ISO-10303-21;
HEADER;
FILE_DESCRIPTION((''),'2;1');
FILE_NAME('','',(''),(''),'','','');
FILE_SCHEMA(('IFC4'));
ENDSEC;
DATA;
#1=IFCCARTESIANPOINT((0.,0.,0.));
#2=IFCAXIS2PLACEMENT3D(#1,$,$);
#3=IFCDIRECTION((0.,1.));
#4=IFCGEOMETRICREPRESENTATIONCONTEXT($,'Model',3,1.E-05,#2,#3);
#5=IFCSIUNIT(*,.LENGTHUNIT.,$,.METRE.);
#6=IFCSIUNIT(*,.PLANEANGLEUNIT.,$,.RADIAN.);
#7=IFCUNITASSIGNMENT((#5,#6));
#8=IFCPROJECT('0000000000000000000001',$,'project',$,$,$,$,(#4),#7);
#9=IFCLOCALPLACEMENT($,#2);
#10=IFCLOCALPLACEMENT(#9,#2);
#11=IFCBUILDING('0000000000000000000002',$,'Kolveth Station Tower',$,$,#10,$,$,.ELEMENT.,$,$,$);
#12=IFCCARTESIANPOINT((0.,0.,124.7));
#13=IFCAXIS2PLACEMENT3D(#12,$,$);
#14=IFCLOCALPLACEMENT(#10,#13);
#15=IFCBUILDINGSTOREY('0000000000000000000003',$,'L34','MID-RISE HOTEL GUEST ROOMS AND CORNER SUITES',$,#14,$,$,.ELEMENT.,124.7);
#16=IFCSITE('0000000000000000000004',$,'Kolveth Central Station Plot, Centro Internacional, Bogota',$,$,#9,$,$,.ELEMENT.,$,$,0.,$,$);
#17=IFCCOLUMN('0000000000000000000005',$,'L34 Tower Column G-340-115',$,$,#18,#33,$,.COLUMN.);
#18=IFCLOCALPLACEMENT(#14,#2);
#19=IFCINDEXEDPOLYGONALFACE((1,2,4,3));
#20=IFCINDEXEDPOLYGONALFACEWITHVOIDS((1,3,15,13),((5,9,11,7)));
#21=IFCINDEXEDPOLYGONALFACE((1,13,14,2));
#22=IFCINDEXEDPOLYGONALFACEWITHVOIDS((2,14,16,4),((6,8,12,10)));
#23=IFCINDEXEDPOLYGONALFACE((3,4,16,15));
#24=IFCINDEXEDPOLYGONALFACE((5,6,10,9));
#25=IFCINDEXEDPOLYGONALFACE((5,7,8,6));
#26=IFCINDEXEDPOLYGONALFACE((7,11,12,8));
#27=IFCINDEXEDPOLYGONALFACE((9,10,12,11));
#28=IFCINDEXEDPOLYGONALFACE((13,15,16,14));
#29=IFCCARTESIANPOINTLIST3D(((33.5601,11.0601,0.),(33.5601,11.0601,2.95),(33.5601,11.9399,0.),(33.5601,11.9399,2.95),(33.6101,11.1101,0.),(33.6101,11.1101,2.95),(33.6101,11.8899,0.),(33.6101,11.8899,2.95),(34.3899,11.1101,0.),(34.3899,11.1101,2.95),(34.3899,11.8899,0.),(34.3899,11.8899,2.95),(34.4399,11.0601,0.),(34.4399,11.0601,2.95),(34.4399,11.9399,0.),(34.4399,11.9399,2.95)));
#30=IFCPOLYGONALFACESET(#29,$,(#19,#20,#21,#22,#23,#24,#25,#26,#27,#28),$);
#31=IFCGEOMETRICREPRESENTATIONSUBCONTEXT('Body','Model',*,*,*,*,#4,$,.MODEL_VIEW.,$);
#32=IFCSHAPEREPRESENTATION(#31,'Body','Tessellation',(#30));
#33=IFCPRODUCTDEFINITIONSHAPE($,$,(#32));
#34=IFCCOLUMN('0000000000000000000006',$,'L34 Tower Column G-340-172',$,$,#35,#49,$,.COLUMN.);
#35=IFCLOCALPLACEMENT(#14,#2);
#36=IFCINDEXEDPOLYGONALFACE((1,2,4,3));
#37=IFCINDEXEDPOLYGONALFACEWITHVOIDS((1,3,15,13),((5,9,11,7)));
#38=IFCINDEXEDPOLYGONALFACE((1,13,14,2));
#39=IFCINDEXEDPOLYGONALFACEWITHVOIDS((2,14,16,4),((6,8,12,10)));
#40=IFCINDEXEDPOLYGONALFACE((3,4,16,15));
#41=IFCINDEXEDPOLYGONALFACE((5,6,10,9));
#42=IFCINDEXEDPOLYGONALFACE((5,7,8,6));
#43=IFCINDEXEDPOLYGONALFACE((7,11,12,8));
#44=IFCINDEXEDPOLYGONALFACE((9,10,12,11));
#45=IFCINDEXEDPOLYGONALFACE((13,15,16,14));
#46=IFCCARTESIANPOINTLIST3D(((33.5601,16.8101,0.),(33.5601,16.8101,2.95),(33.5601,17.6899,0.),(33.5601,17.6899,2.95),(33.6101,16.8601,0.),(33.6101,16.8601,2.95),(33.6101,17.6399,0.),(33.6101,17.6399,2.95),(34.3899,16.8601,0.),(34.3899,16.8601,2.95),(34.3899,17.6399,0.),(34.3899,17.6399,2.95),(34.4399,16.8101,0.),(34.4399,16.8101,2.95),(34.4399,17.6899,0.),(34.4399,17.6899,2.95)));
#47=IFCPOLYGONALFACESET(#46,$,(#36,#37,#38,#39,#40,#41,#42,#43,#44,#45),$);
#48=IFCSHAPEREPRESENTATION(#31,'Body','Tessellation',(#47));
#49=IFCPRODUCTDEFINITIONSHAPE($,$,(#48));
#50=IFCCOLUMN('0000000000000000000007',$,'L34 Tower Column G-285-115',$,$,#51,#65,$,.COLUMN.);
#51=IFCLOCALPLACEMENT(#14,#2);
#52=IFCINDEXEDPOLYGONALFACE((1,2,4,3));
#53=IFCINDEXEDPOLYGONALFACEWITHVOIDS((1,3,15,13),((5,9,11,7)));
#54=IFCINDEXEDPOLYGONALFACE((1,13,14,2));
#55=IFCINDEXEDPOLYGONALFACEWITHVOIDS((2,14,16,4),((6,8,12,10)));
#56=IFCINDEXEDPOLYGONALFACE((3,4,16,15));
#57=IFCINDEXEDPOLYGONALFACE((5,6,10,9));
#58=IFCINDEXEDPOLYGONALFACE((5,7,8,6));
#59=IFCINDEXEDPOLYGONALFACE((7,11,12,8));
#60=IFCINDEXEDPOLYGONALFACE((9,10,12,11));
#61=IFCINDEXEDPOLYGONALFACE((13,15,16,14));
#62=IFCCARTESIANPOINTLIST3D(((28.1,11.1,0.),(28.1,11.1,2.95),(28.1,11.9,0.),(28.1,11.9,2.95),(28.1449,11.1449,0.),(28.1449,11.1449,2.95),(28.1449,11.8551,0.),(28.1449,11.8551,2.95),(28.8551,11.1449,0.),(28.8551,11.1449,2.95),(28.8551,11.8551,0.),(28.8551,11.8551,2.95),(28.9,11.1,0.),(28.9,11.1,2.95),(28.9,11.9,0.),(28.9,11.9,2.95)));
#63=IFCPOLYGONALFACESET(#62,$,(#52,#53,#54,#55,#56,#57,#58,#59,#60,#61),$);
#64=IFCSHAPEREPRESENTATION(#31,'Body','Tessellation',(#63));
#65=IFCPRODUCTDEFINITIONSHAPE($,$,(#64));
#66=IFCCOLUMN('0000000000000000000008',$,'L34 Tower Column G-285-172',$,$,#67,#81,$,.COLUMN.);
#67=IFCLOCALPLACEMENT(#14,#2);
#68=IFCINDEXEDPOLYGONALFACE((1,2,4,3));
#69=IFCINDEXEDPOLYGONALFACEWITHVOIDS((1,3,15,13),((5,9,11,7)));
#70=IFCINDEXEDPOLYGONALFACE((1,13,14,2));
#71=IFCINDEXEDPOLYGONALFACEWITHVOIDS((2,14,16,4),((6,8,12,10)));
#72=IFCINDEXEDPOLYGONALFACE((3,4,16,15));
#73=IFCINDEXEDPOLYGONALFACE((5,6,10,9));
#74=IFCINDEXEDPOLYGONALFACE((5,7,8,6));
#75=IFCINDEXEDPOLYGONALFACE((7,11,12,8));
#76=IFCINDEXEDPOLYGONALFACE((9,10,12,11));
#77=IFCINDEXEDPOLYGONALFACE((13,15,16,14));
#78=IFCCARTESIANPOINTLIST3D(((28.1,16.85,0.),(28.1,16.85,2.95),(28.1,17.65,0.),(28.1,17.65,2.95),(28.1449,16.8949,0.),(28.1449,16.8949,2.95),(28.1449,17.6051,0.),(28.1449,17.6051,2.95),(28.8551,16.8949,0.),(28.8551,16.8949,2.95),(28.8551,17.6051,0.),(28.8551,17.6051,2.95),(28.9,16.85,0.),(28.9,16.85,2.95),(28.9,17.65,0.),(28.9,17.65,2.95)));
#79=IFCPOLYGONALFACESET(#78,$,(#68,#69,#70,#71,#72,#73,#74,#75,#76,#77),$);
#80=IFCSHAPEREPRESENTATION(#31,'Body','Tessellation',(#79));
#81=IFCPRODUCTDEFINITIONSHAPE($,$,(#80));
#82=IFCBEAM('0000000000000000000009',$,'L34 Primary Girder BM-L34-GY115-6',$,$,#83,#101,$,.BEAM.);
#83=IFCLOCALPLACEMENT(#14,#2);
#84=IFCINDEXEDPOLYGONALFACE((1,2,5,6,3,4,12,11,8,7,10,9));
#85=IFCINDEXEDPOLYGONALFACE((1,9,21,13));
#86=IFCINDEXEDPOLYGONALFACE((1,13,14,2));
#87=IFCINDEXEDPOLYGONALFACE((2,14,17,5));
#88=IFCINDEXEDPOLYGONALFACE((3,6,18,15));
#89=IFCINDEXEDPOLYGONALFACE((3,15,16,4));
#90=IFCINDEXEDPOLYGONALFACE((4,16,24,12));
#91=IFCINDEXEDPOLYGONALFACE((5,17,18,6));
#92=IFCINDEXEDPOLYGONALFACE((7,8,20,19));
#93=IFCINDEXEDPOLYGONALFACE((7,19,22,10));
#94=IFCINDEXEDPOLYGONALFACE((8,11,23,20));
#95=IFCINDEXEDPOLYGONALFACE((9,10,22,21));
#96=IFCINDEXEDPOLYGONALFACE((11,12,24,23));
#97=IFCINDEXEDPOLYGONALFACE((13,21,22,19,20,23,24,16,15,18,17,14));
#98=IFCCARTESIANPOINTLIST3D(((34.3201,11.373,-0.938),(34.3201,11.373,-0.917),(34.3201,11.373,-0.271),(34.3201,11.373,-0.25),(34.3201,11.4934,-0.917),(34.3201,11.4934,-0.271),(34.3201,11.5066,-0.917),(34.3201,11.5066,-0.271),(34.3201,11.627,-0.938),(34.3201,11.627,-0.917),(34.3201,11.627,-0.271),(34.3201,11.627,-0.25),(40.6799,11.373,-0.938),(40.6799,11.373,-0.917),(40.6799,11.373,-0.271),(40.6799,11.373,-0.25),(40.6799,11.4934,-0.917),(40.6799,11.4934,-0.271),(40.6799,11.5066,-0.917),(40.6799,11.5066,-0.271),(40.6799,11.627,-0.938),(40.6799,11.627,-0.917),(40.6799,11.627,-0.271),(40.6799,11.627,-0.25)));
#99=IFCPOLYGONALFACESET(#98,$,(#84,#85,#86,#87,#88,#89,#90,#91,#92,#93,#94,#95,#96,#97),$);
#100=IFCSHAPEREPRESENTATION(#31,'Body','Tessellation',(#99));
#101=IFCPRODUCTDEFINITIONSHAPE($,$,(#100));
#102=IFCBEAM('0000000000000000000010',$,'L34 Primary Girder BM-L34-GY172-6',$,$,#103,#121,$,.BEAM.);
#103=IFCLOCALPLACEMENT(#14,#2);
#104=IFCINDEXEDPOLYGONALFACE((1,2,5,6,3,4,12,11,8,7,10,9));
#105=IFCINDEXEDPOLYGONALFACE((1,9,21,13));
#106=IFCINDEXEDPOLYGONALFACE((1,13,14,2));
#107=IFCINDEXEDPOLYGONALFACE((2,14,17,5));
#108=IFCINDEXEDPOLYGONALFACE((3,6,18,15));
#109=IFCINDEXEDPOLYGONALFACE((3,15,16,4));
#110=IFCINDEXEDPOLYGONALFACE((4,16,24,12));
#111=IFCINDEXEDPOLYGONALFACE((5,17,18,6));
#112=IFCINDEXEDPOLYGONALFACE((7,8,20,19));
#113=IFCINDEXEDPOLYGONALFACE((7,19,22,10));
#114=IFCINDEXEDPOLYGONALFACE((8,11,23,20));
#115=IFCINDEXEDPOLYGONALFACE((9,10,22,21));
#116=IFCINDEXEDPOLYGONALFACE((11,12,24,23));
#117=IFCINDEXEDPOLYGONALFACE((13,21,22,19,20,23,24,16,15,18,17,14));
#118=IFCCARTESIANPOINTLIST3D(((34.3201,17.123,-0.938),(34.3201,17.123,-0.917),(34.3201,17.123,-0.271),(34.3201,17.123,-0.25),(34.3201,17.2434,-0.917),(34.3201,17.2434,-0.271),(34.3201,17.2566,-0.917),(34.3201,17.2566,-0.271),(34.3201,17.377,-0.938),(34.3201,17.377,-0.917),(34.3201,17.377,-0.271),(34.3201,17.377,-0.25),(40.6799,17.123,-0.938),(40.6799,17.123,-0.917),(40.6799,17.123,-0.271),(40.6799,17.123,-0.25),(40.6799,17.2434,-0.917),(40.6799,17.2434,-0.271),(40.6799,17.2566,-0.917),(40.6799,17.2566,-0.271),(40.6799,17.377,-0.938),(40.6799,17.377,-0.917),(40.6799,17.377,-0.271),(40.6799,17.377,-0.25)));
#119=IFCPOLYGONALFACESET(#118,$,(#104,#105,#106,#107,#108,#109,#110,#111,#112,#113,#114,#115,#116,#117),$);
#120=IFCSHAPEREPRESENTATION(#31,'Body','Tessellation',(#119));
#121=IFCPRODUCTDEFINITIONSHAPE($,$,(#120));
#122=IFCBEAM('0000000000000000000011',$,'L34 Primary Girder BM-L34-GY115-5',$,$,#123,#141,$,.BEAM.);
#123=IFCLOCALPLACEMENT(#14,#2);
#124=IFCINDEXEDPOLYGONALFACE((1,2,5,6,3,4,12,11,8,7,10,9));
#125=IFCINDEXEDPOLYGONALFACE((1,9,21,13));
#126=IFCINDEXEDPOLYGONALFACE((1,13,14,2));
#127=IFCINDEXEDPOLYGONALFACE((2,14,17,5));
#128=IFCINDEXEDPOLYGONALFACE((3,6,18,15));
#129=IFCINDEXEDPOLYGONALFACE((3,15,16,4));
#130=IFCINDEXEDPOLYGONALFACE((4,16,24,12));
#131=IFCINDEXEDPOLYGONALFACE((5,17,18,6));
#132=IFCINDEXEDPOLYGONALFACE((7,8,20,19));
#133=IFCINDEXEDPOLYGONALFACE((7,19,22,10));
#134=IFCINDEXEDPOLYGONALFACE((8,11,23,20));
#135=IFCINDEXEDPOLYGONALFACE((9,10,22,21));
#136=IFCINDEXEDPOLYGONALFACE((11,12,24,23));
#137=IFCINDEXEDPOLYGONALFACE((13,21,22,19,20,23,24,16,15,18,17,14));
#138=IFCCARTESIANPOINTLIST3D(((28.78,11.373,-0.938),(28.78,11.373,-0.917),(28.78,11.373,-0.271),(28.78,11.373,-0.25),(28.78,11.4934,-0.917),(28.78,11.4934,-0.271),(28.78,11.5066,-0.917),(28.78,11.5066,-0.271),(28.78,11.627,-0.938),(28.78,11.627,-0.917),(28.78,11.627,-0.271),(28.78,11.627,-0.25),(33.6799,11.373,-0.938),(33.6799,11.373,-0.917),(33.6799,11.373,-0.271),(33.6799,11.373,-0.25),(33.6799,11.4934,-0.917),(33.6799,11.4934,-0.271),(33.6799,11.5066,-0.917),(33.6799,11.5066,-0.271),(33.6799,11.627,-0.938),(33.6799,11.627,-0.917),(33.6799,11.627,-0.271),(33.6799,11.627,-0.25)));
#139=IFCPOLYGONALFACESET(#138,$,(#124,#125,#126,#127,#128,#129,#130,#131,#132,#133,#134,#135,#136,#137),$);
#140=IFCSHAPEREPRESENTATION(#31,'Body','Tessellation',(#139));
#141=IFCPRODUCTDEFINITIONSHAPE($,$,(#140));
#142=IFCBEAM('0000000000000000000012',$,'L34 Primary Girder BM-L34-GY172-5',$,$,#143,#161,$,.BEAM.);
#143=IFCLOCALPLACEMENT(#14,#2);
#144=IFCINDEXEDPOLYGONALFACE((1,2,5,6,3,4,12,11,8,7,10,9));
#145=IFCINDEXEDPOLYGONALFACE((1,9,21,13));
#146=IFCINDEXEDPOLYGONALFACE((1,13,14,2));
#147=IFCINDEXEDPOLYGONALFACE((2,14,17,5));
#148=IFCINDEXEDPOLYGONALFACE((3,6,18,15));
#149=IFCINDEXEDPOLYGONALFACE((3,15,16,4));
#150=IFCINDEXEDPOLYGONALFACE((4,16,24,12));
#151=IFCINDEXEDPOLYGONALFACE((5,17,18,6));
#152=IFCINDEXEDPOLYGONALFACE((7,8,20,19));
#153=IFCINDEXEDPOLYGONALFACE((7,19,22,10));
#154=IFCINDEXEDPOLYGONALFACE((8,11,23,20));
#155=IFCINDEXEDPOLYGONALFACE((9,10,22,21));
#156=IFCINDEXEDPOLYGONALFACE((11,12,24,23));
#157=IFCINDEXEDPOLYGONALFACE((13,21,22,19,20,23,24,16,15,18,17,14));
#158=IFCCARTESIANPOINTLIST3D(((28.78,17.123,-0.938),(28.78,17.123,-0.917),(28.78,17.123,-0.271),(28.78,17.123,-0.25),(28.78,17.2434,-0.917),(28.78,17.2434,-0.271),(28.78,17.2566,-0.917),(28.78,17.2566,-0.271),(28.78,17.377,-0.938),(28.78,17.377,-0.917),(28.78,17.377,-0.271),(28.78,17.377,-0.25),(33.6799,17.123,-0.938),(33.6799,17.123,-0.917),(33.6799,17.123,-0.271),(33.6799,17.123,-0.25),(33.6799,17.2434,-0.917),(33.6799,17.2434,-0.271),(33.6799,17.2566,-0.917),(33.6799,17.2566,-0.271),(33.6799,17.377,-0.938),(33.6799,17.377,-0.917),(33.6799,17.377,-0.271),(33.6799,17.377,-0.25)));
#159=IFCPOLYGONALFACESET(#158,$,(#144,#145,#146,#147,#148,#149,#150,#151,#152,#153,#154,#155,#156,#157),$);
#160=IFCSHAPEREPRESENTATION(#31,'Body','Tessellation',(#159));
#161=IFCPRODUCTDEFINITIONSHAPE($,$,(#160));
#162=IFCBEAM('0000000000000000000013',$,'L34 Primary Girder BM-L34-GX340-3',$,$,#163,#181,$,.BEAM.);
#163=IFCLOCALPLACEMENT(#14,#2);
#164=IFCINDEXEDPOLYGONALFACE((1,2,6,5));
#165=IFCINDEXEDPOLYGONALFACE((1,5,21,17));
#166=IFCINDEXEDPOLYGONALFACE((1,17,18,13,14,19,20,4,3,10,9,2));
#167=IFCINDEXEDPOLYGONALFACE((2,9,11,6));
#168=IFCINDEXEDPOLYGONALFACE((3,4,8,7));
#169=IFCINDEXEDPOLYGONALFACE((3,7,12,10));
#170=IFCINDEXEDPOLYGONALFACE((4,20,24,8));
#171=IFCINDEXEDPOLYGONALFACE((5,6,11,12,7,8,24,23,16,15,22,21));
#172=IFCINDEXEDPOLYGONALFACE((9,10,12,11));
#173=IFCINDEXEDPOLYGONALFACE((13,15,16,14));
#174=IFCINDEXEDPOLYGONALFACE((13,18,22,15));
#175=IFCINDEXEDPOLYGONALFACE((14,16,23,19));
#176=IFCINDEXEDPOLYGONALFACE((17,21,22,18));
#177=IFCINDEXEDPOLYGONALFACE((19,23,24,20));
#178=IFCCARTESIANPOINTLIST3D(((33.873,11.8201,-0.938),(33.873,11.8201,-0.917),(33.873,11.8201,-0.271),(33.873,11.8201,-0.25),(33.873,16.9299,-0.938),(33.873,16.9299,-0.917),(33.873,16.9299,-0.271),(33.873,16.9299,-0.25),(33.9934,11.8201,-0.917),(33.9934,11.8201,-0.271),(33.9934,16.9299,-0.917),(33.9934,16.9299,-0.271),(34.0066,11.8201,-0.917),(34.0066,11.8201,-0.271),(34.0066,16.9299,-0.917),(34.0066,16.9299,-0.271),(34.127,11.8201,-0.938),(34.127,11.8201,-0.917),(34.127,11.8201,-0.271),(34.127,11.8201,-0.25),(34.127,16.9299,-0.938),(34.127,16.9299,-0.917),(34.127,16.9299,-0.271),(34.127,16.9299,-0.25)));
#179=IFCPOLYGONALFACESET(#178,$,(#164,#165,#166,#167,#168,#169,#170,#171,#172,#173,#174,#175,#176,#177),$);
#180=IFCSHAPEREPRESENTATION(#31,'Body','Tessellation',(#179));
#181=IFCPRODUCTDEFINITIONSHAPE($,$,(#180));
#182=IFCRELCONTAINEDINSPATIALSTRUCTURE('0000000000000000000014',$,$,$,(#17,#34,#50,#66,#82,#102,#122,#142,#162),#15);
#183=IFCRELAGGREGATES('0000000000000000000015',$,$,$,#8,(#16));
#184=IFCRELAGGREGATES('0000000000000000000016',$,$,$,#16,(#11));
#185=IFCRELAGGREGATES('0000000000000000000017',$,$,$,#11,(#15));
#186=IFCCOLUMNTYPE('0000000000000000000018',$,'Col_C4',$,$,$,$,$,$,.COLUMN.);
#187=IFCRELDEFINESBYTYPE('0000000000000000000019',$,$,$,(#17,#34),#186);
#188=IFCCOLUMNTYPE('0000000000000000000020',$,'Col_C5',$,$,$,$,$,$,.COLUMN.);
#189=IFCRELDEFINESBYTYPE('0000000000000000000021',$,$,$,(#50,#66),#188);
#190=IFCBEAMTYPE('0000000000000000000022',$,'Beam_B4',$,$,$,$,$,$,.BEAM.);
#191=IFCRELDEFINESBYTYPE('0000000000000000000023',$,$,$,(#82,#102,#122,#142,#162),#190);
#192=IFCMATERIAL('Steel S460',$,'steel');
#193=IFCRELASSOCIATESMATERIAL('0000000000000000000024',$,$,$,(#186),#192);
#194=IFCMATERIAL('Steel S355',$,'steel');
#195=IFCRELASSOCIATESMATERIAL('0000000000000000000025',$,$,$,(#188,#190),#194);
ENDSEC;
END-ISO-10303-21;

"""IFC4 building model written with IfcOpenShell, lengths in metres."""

from ifc_helpers import new_model, si_unit, direction, frame, origin, origin_2d, place, context, subcontext, project, spatial, hollow_rectangle, i_section, extrude, source, transform, mapped, material, material_profile, profile_set, type_object, element, save


model = new_model("IFC4")

# Units and contexts
model_context = context("Model", 3, precision=1e-05, world=origin(), true_north=direction((0.0, 1.0)))
body_context = subcontext(model_context, "Body", "Model", "MODEL_VIEW")
ifc_project = project(units=[si_unit("LENGTHUNIT", "METRE"), si_unit("PLANEANGLEUNIT", "RADIAN")], contexts=[model_context])

# Site, building, storey
site_placement = place(None, origin())
site = spatial("IfcSite", under=ifc_project, at=site_placement, Name="Kolveth Central Station Plot, Centro Internacional, Bogota", CompositionType="ELEMENT", RefElevation=0.0)
building_placement = place(site_placement, origin())
building = spatial("IfcBuilding", under=site, at=building_placement, Name="Kolveth Station Tower", CompositionType="ELEMENT")
storey_placement = place(building_placement, frame((0.0, 0.0, 124.7)))
storey = spatial("IfcBuildingStorey", under=building, at=storey_placement, Name="L34", Description="MID-RISE HOTEL GUEST ROOMS AND CORNER SUITES", CompositionType="ELEMENT", Elevation=124.7)

# Columns
ifc_material_1 = material(Name="Steel S460", Category="steel")
ifc_material_profile_1 = material_profile(ifc_material_1, hollow_rectangle(XDim=0.8799, YDim=0.8799, WallThickness=0.05, at=origin_2d()), Name="BOX880x880x50")
ifc_profile_set_1 = profile_set([ifc_material_profile_1], Name="Steel S460")
column_type_1 = type_object("IfcColumnType", Name="Col_C4", PredefinedType="COLUMN", material=ifc_profile_set_1)
shared_shape_1 = source(origin(), body_context, "Body", "SweptSolid", [
    extrude(hollow_rectangle(XDim=0.8799, YDim=0.8799, WallThickness=0.05, at=origin_2d()), origin(), (0.0, 0.0, 1.0), 2.95),
])
for number, where, z_axis, x_axis, name in (
    (1, (34.0, 11.5, 0.0), (0.0, 0.0, 1.0), (1.0, 0.0, 0.0), "L34 Tower Column G-340-115"),
    (2, (34.0, 17.25, 0.0), (0.0, 0.0, 1.0), (1.0, 0.0, 0.0), "L34 Tower Column G-340-172"),
):
    element("IfcColumn", number, at=place(storey_placement, frame(where, z_axis=z_axis, x_axis=x_axis)), inside=storey, type_object=column_type_1, Name=name, PredefinedType="COLUMN", context=body_context, shape_type="MappedRepresentation", body=[
        mapped(shared_shape_1, transform((0.0, 0.0, 0.0), x_axis=(1.0, 0.0, 0.0), y_axis=(0.0, 1.0, 0.0), z_axis=(0.0, 0.0, 1.0), scale=1.0)),
    ])
ifc_material_2 = material(Name="Steel S355", Category="steel")
ifc_material_profile_2 = material_profile(ifc_material_2, hollow_rectangle(XDim=0.8, YDim=0.8, WallThickness=0.0449, at=origin_2d()), Name="BOX800x800x45")
ifc_profile_set_2 = profile_set([ifc_material_profile_2], Name="Steel S355")
column_type_2 = type_object("IfcColumnType", Name="Col_C5", PredefinedType="COLUMN", material=ifc_profile_set_2)
shared_shape_2 = source(origin(), body_context, "Body", "SweptSolid", [
    extrude(hollow_rectangle(XDim=0.8, YDim=0.8, WallThickness=0.0449, at=origin_2d()), origin(), (0.0, 0.0, 1.0), 2.95),
])
for number, where, z_axis, x_axis, name in (
    (3, (28.5, 11.5, 0.0), (0.0, 0.0, 1.0), (1.0, 0.0, 0.0), "L34 Tower Column G-285-115"),
    (4, (28.5, 17.25, 0.0), (0.0, 0.0, 1.0), (1.0, 0.0, 0.0), "L34 Tower Column G-285-172"),
):
    element("IfcColumn", number, at=place(storey_placement, frame(where, z_axis=z_axis, x_axis=x_axis)), inside=storey, type_object=column_type_2, Name=name, PredefinedType="COLUMN", context=body_context, shape_type="MappedRepresentation", body=[
        mapped(shared_shape_2, transform((0.0, 0.0, 0.0), x_axis=(1.0, 0.0, 0.0), y_axis=(0.0, 1.0, 0.0), z_axis=(0.0, 0.0, 1.0), scale=1.0)),
    ])

# Beams
ifc_material_profile_3 = material_profile(ifc_material_2, i_section(OverallWidth=0.2539, OverallDepth=0.688, WebThickness=0.0132, FlangeThickness=0.021, at=origin_2d()), Name="W690x152")
ifc_profile_set_3 = profile_set([ifc_material_profile_3], Name="Steel S355")
beam_type_1 = type_object("IfcBeamType", Name="Beam_B4", PredefinedType="BEAM", material=ifc_profile_set_3)
shared_shape_3 = source(origin(), body_context, "Body", "SweptSolid", [
    extrude(i_section(OverallWidth=0.2539, OverallDepth=0.688, WebThickness=0.0132, FlangeThickness=0.021, at=origin_2d()), origin(), (0.0, 0.0, 1.0), 6.3599),
])
for number, where, z_axis, x_axis, name in (
    (5, (34.3201, 11.5, -0.594), (1.0, 0.0, 0.0), (0.0, 1.0, 0.0), "L34 Primary Girder BM-L34-GY115-6"),
    (6, (34.3201, 17.25, -0.594), (1.0, 0.0, 0.0), (0.0, 1.0, 0.0), "L34 Primary Girder BM-L34-GY172-6"),
):
    element("IfcBeam", number, at=place(storey_placement, frame(where, z_axis=z_axis, x_axis=x_axis)), inside=storey, type_object=beam_type_1, Name=name, PredefinedType="BEAM", context=body_context, shape_type="MappedRepresentation", body=[
        mapped(shared_shape_3, transform((0.0, 0.0, 0.0), x_axis=(1.0, 0.0, 0.0), y_axis=(0.0, 1.0, 0.0), z_axis=(0.0, 0.0, 1.0), scale=1.0)),
    ])
shared_shape_4 = source(origin(), body_context, "Body", "SweptSolid", [
    extrude(i_section(OverallWidth=0.2539, OverallDepth=0.688, WebThickness=0.0132, FlangeThickness=0.021, at=origin_2d()), origin(), (0.0, 0.0, 1.0), 4.8999),
])
for number, where, z_axis, x_axis, name in (
    (7, (28.78, 11.5, -0.594), (1.0, 0.0, 0.0), (0.0, 1.0, 0.0), "L34 Primary Girder BM-L34-GY115-5"),
    (8, (28.78, 17.25, -0.594), (1.0, 0.0, 0.0), (0.0, 1.0, 0.0), "L34 Primary Girder BM-L34-GY172-5"),
):
    element("IfcBeam", number, at=place(storey_placement, frame(where, z_axis=z_axis, x_axis=x_axis)), inside=storey, type_object=beam_type_1, Name=name, PredefinedType="BEAM", context=body_context, shape_type="MappedRepresentation", body=[
        mapped(shared_shape_4, transform((0.0, 0.0, 0.0), x_axis=(1.0, 0.0, 0.0), y_axis=(0.0, 1.0, 0.0), z_axis=(0.0, 0.0, 1.0), scale=1.0)),
    ])
shared_shape_5 = source(origin(), body_context, "Body", "SweptSolid", [
    extrude(i_section(OverallWidth=0.2539, OverallDepth=0.688, WebThickness=0.0132, FlangeThickness=0.021, at=origin_2d()), origin(), (0.0, 0.0, 1.0), 5.1099),
])
beam_placement = place(storey_placement, frame((34.0, 11.8201, -0.594), z_axis=(0.0, 1.0, 0.0), x_axis=(-1.0, 0.0, 0.0)))
element("IfcBeam", 9, at=beam_placement, inside=storey, type_object=beam_type_1, Name="L34 Primary Girder BM-L34-GX340-3", PredefinedType="BEAM", context=body_context, shape_type="MappedRepresentation", body=[
    mapped(shared_shape_5, transform((0.0, 0.0, 0.0), x_axis=(1.0, 0.0, 0.0), y_axis=(0.0, 1.0, 0.0), z_axis=(0.0, 0.0, 1.0), scale=1.0)),
])

save(model, "model.ifc")
